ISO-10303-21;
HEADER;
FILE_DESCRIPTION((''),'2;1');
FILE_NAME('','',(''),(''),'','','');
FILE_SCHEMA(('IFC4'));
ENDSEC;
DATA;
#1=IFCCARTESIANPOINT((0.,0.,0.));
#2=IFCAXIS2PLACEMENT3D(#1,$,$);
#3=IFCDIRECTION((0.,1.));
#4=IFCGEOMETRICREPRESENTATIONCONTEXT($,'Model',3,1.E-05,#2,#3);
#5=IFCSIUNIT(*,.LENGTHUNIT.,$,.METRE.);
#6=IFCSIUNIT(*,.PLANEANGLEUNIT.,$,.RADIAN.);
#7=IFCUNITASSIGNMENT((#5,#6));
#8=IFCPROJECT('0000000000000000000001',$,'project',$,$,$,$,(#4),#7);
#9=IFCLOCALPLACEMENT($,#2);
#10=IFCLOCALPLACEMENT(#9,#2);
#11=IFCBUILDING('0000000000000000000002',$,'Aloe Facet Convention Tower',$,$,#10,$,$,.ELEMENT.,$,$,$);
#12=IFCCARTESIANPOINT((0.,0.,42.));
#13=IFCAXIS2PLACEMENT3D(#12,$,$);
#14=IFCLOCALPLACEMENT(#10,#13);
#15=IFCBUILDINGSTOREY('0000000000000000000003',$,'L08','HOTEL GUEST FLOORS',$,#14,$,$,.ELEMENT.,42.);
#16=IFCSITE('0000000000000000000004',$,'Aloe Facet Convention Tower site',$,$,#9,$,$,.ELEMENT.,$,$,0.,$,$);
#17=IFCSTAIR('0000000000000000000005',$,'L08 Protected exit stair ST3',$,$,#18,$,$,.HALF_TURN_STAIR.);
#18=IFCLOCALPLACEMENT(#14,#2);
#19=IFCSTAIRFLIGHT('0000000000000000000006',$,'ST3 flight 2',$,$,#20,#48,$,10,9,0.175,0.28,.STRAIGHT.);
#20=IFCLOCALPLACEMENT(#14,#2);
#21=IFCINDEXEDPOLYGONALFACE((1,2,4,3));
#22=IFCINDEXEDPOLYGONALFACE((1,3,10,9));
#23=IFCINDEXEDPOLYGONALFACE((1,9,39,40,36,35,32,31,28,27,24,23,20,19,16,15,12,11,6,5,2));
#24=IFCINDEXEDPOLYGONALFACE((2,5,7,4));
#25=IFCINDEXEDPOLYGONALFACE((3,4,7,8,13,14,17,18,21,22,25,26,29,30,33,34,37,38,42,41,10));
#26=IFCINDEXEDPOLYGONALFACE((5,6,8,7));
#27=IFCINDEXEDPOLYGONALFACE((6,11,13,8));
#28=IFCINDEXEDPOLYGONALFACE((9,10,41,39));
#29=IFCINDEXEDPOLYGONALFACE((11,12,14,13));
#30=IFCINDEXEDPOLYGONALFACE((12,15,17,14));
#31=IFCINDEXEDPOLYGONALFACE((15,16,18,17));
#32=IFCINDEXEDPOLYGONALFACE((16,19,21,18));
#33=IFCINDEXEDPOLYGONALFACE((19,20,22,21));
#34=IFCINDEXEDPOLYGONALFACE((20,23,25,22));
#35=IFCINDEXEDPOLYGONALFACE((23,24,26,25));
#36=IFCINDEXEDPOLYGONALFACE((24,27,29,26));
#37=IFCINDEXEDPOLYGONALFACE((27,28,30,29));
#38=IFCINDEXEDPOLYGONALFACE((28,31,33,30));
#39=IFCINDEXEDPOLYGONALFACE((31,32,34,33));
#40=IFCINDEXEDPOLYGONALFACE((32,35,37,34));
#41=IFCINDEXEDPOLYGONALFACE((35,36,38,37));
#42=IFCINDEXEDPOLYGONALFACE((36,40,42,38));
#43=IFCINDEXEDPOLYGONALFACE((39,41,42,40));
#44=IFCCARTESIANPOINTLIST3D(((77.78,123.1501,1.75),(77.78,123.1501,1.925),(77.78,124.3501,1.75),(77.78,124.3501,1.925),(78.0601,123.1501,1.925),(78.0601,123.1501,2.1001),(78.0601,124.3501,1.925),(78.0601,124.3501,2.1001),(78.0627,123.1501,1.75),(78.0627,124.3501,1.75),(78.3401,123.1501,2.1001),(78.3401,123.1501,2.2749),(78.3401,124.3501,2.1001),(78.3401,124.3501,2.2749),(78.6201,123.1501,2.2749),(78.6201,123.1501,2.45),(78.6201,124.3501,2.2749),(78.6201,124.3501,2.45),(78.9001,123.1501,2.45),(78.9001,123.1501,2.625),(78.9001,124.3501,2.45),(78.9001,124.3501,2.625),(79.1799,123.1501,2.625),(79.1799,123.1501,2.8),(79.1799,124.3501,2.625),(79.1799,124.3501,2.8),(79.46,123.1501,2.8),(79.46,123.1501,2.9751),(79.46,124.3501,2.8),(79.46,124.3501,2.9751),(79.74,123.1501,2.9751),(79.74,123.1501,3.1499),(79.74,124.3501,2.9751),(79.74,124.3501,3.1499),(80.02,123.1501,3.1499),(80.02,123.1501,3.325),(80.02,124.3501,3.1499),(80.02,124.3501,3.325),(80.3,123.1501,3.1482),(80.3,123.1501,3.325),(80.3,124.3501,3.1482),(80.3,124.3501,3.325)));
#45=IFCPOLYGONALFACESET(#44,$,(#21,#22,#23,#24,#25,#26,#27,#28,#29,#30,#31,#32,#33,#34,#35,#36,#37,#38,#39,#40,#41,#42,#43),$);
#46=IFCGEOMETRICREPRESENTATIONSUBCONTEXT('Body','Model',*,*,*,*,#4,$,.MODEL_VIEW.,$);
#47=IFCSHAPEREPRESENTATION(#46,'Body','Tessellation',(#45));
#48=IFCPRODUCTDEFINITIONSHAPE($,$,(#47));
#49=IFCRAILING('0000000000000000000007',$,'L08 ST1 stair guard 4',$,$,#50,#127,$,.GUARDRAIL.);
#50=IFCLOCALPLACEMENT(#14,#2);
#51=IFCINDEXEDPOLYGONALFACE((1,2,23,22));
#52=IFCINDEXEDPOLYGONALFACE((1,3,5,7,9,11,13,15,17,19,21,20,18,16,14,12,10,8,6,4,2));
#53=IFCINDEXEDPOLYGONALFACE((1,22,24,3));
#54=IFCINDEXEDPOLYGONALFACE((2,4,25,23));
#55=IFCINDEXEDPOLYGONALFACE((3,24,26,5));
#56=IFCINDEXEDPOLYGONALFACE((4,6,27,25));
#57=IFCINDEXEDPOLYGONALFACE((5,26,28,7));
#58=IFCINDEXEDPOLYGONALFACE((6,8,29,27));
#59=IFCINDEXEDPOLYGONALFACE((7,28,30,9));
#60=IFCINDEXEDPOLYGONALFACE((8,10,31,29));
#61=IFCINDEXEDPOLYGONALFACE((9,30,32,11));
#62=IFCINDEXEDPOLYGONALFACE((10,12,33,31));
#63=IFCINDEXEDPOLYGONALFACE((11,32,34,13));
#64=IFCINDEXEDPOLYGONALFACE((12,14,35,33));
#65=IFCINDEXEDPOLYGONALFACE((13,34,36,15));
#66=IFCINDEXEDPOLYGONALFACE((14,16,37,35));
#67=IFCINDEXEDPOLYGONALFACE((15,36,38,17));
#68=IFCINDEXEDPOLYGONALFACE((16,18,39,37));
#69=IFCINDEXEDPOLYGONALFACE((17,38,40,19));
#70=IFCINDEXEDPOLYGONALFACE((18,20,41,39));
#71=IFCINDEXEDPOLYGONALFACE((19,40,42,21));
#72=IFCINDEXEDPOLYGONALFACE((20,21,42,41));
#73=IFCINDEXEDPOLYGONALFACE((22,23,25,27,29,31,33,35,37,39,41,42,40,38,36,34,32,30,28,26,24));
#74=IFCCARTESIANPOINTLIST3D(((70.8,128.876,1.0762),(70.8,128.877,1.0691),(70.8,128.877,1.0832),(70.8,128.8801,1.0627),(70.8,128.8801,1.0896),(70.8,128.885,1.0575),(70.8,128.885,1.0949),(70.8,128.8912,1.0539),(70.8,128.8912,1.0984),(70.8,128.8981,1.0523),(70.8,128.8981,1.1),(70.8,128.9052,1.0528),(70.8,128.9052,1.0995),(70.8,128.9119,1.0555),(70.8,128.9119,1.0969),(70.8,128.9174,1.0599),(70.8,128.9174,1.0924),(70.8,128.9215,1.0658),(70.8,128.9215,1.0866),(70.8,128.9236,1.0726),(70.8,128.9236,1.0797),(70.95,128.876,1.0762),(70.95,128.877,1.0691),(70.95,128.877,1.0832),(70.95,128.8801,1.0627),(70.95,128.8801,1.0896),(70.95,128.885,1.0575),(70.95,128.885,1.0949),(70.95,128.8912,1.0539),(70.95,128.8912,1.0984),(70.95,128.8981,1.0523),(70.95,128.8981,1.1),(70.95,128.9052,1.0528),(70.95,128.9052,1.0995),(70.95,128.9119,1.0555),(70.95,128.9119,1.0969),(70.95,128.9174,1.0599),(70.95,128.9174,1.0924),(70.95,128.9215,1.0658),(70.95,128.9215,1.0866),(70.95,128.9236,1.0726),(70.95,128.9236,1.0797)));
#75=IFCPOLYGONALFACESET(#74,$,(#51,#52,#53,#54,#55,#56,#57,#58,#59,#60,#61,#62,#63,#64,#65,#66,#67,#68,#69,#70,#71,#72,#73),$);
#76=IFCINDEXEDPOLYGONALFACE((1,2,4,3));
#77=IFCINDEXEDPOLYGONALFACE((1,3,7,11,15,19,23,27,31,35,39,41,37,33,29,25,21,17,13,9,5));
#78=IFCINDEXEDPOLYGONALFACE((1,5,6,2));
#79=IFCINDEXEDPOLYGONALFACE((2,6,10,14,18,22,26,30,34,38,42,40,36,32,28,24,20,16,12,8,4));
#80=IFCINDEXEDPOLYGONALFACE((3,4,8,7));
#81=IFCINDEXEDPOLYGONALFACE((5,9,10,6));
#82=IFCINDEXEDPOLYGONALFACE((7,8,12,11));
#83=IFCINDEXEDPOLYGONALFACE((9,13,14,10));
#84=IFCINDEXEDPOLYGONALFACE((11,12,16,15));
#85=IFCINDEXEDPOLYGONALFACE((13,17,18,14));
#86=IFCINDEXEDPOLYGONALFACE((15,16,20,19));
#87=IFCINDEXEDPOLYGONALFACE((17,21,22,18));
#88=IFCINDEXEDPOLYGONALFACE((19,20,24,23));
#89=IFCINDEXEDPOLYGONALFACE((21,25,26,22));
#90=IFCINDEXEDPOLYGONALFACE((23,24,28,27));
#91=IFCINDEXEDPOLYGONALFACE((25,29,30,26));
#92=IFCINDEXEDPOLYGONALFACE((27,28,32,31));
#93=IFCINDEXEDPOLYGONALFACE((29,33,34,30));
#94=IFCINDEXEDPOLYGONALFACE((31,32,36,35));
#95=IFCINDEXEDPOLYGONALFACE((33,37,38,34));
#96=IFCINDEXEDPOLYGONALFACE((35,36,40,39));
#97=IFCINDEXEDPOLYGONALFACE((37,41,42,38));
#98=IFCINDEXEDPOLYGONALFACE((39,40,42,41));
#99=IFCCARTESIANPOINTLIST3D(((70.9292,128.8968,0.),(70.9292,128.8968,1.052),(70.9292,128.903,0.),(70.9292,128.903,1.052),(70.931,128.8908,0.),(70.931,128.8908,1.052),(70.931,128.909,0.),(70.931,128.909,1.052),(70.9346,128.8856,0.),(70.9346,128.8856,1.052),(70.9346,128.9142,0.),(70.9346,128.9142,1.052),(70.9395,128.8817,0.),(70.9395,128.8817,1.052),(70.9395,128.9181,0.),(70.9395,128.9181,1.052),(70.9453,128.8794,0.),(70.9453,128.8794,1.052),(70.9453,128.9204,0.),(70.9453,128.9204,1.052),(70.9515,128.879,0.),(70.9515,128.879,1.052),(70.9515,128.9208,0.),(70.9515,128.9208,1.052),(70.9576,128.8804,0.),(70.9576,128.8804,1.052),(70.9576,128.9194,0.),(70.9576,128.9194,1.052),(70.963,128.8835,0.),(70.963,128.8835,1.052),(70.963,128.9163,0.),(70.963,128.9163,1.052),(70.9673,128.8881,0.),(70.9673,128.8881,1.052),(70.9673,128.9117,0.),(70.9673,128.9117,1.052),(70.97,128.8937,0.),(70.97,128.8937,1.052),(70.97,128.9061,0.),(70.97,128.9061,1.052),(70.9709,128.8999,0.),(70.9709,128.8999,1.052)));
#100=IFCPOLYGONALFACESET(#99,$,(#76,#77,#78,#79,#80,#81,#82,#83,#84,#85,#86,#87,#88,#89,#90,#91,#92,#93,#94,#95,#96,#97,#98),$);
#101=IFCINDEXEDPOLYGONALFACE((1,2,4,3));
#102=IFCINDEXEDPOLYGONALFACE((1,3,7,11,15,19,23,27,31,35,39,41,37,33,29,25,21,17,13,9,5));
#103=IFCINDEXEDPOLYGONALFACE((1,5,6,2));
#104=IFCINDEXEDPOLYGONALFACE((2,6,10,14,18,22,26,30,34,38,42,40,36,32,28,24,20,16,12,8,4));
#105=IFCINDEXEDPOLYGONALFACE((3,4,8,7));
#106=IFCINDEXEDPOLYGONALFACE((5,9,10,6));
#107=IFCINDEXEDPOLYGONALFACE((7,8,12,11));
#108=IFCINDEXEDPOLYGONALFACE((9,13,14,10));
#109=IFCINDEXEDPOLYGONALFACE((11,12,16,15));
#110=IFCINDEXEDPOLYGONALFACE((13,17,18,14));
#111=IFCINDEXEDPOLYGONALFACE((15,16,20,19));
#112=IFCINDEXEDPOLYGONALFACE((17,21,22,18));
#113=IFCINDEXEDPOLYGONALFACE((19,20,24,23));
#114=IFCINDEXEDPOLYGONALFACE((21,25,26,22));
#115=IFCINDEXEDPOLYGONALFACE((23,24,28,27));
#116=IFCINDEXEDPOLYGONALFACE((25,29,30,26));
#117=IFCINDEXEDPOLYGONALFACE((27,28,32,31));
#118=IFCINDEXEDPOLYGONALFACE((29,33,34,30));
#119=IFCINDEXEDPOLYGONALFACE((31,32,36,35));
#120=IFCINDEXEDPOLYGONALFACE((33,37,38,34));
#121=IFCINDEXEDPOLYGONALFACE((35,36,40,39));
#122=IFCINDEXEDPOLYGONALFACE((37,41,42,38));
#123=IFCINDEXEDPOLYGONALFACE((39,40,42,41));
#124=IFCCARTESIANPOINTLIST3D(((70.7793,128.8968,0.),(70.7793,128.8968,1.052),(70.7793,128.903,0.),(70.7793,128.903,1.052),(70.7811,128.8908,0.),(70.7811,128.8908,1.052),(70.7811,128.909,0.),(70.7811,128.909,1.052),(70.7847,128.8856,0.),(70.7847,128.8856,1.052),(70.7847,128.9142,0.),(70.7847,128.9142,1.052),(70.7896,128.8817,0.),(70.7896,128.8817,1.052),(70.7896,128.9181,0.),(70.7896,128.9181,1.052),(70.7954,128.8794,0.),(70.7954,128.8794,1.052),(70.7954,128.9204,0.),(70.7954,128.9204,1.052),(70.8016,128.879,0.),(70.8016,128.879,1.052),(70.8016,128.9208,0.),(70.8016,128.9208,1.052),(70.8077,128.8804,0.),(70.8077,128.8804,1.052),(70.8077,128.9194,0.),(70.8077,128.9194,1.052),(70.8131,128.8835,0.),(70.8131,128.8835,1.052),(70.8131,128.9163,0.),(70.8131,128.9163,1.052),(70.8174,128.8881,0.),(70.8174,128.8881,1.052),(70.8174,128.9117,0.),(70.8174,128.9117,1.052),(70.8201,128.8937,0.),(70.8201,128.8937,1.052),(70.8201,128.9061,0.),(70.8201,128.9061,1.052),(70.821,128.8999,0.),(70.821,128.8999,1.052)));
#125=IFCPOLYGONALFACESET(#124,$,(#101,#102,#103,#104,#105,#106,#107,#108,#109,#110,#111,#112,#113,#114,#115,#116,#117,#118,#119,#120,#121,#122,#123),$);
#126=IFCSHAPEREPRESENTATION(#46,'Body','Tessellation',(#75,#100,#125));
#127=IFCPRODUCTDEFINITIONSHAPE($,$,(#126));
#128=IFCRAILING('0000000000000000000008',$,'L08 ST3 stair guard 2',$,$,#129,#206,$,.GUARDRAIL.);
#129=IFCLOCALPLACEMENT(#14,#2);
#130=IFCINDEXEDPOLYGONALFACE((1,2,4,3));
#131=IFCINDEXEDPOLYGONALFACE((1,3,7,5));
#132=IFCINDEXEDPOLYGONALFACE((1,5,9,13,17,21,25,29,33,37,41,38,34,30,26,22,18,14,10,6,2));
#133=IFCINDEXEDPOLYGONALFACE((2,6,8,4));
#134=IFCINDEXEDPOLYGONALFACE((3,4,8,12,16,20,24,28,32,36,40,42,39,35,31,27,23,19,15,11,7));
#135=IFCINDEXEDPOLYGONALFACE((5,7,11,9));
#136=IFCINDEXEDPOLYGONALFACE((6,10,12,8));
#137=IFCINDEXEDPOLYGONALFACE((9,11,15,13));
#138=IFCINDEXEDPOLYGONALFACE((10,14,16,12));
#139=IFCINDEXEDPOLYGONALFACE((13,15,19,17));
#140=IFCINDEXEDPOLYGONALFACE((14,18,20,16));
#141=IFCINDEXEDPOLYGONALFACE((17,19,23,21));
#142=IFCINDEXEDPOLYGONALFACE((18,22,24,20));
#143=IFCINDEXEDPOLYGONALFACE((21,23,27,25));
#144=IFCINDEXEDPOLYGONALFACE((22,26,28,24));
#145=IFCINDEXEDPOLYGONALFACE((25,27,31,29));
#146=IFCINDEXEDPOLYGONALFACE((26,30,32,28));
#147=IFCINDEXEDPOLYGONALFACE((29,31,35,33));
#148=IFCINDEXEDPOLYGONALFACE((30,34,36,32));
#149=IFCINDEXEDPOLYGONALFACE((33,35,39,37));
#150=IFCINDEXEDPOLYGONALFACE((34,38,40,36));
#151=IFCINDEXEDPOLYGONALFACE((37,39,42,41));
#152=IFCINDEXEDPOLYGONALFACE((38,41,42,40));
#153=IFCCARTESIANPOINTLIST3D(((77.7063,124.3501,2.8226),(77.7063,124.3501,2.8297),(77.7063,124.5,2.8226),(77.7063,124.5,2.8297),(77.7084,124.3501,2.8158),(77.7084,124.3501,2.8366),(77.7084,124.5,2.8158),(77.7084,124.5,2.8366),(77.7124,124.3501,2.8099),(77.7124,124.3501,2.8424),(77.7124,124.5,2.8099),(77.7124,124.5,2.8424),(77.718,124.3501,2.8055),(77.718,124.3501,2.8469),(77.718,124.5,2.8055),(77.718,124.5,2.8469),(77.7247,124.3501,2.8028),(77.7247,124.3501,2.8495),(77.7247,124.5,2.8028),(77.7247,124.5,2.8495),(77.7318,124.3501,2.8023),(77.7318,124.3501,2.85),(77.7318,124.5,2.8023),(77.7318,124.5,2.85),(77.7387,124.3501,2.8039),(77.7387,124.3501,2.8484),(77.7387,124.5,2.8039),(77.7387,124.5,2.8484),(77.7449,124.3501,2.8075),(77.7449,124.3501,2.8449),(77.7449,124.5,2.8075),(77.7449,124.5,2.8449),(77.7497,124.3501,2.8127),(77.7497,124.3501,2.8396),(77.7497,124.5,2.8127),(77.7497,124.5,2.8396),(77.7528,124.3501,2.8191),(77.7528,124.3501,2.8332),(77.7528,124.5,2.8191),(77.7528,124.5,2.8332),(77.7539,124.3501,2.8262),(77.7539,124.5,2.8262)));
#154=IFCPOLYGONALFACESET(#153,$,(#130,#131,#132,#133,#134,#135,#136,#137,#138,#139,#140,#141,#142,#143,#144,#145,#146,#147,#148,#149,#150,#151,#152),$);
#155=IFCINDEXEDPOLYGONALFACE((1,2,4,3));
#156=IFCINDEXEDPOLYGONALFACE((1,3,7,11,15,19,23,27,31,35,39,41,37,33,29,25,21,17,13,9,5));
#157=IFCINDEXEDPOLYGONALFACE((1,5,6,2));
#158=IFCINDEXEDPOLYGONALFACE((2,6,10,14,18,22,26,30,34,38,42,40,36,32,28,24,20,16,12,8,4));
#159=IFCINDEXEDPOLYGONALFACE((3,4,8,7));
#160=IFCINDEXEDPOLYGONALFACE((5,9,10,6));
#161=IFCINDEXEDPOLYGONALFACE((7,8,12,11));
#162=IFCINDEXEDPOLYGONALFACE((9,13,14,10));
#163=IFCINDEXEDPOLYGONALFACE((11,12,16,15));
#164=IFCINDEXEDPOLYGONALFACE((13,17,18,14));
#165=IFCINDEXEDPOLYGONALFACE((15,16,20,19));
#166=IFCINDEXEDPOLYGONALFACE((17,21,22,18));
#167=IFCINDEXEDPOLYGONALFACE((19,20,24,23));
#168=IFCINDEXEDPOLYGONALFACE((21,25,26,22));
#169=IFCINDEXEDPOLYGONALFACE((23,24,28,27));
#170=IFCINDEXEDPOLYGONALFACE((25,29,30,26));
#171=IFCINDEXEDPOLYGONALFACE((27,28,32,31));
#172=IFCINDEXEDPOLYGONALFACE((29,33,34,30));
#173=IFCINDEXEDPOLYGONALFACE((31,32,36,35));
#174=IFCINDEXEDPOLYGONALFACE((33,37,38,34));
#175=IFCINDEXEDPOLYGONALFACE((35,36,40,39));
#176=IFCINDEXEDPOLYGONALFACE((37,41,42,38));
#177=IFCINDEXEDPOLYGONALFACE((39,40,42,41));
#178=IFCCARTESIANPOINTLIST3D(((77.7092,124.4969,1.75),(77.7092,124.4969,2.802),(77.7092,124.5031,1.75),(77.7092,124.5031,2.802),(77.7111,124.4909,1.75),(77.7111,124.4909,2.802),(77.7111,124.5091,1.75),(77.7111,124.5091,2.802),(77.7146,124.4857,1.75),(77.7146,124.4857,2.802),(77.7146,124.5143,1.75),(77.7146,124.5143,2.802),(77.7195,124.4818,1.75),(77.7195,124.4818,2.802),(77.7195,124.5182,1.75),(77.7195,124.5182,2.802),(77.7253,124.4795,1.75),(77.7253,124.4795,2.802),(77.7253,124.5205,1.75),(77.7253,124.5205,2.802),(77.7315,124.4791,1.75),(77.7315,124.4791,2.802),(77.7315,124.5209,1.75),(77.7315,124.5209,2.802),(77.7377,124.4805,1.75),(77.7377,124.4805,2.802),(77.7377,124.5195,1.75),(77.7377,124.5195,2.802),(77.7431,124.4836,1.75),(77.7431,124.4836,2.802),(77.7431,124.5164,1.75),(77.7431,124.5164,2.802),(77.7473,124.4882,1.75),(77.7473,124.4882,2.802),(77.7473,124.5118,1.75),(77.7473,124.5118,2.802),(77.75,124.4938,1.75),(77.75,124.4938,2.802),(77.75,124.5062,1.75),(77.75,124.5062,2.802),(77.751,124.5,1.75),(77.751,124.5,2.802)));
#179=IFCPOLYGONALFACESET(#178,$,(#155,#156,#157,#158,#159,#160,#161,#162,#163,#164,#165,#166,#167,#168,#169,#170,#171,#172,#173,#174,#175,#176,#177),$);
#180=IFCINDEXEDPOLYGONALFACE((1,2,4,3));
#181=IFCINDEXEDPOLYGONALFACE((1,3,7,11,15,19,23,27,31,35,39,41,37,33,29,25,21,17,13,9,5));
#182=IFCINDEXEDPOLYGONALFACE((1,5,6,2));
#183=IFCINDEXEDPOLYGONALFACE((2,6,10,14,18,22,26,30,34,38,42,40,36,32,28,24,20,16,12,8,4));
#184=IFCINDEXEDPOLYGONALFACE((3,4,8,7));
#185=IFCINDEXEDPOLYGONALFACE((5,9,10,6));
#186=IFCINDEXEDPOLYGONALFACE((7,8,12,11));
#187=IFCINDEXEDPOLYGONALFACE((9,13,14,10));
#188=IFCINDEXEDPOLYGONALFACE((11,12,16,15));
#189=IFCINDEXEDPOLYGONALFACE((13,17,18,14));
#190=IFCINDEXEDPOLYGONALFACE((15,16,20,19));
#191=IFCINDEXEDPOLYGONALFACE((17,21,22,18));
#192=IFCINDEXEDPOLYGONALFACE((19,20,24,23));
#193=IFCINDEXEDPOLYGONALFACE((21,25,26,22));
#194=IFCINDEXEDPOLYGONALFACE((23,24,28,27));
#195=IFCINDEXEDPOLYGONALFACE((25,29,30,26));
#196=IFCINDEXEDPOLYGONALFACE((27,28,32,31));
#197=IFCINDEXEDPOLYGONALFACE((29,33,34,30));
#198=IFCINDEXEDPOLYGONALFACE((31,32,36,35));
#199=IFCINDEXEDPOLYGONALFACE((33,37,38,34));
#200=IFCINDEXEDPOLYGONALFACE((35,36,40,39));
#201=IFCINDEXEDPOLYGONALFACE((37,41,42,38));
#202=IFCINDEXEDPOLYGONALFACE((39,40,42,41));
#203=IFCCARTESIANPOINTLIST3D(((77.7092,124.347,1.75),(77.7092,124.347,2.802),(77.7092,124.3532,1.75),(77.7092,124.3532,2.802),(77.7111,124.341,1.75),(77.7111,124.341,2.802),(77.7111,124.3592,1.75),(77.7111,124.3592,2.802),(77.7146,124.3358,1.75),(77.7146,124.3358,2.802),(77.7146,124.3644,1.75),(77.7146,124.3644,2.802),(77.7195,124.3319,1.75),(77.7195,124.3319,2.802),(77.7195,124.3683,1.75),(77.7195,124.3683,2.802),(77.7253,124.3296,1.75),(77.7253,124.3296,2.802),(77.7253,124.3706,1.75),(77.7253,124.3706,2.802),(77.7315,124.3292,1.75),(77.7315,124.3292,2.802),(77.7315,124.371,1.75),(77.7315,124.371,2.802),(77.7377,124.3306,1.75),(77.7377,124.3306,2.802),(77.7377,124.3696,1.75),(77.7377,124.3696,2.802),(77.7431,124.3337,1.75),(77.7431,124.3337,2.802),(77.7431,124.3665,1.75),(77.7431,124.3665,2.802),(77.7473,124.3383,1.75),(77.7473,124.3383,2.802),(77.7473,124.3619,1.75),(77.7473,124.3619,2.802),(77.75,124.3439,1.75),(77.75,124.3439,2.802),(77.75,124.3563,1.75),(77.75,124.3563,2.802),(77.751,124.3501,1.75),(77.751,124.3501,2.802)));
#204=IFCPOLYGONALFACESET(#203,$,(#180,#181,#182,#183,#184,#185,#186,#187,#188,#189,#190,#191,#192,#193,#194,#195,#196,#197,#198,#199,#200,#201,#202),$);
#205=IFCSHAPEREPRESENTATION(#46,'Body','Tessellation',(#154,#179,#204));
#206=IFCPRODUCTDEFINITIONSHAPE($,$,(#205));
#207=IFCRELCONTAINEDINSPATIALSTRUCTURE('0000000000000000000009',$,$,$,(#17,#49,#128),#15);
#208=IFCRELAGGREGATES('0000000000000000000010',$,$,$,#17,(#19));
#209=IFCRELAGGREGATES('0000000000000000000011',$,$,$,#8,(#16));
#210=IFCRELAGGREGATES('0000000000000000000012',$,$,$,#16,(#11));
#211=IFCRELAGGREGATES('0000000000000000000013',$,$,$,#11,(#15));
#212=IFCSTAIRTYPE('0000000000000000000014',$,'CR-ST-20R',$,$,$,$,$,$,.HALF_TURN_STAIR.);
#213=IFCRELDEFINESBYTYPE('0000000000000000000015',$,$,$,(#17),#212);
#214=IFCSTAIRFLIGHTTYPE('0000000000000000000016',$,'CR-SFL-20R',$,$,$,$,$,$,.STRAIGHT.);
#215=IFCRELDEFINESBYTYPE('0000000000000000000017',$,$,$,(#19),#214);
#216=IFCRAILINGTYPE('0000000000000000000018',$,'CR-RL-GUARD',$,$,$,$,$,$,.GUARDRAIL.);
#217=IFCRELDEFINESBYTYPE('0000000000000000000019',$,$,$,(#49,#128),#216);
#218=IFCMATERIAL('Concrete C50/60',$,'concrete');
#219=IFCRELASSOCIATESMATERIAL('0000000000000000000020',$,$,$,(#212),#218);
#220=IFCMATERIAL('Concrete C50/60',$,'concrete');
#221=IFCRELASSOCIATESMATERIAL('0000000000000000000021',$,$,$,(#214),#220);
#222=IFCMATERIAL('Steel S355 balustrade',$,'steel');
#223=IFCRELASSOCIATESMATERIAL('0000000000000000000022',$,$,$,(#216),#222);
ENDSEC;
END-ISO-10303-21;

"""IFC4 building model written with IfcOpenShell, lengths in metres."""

from ifc_helpers import new_model, si_unit, direction, frame, origin, origin_2d, place, context, subcontext, project, spatial, polyline, circle, outline, extrude, material, type_object, element, aggregate, save


model = new_model("IFC4")

# Units and contexts
model_context = context("Model", 3, precision=1e-05, world=origin(), true_north=direction((0.0, 1.0)))
body_context = subcontext(model_context, "Body", "Model", "MODEL_VIEW")
ifc_project = project(units=[si_unit("LENGTHUNIT", "METRE"), si_unit("PLANEANGLEUNIT", "RADIAN")], contexts=[model_context])

# Site, building, storey
site_placement = place(None, origin())
site = spatial("IfcSite", under=ifc_project, at=site_placement, Name="Aloe Facet Convention Tower site", CompositionType="ELEMENT", RefElevation=0.0)
building_placement = place(site_placement, origin())
building = spatial("IfcBuilding", under=site, at=building_placement, Name="Aloe Facet Convention Tower", CompositionType="ELEMENT")
storey_placement = place(building_placement, frame((0.0, 0.0, 42.0)))
storey = spatial("IfcBuildingStorey", under=building, at=storey_placement, Name="L08", Description="HOTEL GUEST FLOORS", CompositionType="ELEMENT", Elevation=42.0)

# Stair, stair flight
ifc_material_1 = material(Name="Concrete C50/60", Category="concrete")
stair_type = type_object("IfcStairType", Name="CR-ST-20R", PredefinedType="HALF_TURN_STAIR", material=ifc_material_1)
stair_placement = place(storey_placement, origin())
stair = element("IfcStair", 1, at=stair_placement, inside=storey, type_object=stair_type, Name="L08 Protected exit stair ST3", PredefinedType="HALF_TURN_STAIR")
ifc_material_2 = material(Name="Concrete C50/60", Category="concrete")
stair_flight_type = type_object("IfcStairFlightType", Name="CR-SFL-20R", PredefinedType="STRAIGHT", material=ifc_material_2)
stair_flight_placement = place(storey_placement, frame((77.78, 123.75, 1.75), z_axis=(0.0, 0.0, 1.0), x_axis=(1.0, 0.0, 0.0)))
stair_flight = element("IfcStairFlight", 2, at=stair_flight_placement, type_object=stair_flight_type, Name="ST3 flight 2", NumberOfRisers=10, NumberOfTreads=9, PredefinedType="STRAIGHT", RiserHeight=0.175, TreadLength=0.28, context=body_context, shape_type="SweptSolid", body=[
    extrude(outline(polyline([(0.0, 0.0), (0.0, 0.175), (0.28, 0.175), (0.28, 0.3501), (0.5601, 0.3501), (0.5601, 0.5249), (0.8401, 0.5249), (0.8401, 0.7), (1.1201, 0.7), (1.1201, 0.875), (1.3999, 0.875), (1.3999, 1.05), (1.6799, 1.05), (1.6799, 1.2251), (1.96, 1.2251), (1.96, 1.3999), (2.24, 1.3999), (2.24, 1.575), (2.52, 1.575), (2.52, 1.75), (2.52, 1.3982), (0.2827, 0.0), (0.0, 0.0)])), frame((0.0, 0.6001, 0.0), z_axis=(0.0, -1.0, 0.0), x_axis=(1.0, 0.0, 0.0)), (0.0, 0.0, 1.0), 1.2),
])
aggregate(stair, [stair_flight])

# Railings
ifc_material_3 = material(Name="Steel S355 balustrade", Category="steel")
railing_type_1 = type_object("IfcRailingType", Name="CR-RL-GUARD", PredefinedType="GUARDRAIL", material=ifc_material_3)
railing_1_placement = place(storey_placement, frame((70.95, 128.8999, 0.0)))
element("IfcRailing", 3, at=railing_1_placement, inside=storey, type_object=railing_type_1, Name="L08 ST1 stair guard 4", PredefinedType="GUARDRAIL", context=body_context, shape_type="SweptSolid", body=[
    extrude(circle(Radius=0.0239, at=origin_2d()), frame((0.0, 0.0, 1.0762), z_axis=(-1.0, 0.0, 0.0), x_axis=(0.0, -1.0, 0.0)), (0.0, 0.0, 1.0), 0.1499),
    extrude(circle(Radius=0.021, at=origin_2d()), origin(), (0.0, 0.0, 1.0), 1.052),
    extrude(circle(Radius=0.021, at=origin_2d()), frame((-0.1499, 0.0, 0.0)), (0.0, 0.0, 1.0), 1.052),
])
railing_2_placement = place(storey_placement, frame((77.73, 124.5, 1.75)))
element("IfcRailing", 4, at=railing_2_placement, inside=storey, type_object=railing_type_1, Name="L08 ST3 stair guard 2", PredefinedType="GUARDRAIL", context=body_context, shape_type="SweptSolid", body=[
    extrude(circle(Radius=0.0239, at=origin_2d()), frame((0.0, 0.0, 1.0762), z_axis=(0.0, -1.0, 0.0), x_axis=(1.0, 0.0, 0.0)), (0.0, 0.0, 1.0), 0.1499),
    extrude(circle(Radius=0.021, at=origin_2d()), origin(), (0.0, 0.0, 1.0), 1.052),
    extrude(circle(Radius=0.021, at=origin_2d()), frame((0.0, -0.1499, 0.0)), (0.0, 0.0, 1.0), 1.052),
])

save(model, "model.ifc")
